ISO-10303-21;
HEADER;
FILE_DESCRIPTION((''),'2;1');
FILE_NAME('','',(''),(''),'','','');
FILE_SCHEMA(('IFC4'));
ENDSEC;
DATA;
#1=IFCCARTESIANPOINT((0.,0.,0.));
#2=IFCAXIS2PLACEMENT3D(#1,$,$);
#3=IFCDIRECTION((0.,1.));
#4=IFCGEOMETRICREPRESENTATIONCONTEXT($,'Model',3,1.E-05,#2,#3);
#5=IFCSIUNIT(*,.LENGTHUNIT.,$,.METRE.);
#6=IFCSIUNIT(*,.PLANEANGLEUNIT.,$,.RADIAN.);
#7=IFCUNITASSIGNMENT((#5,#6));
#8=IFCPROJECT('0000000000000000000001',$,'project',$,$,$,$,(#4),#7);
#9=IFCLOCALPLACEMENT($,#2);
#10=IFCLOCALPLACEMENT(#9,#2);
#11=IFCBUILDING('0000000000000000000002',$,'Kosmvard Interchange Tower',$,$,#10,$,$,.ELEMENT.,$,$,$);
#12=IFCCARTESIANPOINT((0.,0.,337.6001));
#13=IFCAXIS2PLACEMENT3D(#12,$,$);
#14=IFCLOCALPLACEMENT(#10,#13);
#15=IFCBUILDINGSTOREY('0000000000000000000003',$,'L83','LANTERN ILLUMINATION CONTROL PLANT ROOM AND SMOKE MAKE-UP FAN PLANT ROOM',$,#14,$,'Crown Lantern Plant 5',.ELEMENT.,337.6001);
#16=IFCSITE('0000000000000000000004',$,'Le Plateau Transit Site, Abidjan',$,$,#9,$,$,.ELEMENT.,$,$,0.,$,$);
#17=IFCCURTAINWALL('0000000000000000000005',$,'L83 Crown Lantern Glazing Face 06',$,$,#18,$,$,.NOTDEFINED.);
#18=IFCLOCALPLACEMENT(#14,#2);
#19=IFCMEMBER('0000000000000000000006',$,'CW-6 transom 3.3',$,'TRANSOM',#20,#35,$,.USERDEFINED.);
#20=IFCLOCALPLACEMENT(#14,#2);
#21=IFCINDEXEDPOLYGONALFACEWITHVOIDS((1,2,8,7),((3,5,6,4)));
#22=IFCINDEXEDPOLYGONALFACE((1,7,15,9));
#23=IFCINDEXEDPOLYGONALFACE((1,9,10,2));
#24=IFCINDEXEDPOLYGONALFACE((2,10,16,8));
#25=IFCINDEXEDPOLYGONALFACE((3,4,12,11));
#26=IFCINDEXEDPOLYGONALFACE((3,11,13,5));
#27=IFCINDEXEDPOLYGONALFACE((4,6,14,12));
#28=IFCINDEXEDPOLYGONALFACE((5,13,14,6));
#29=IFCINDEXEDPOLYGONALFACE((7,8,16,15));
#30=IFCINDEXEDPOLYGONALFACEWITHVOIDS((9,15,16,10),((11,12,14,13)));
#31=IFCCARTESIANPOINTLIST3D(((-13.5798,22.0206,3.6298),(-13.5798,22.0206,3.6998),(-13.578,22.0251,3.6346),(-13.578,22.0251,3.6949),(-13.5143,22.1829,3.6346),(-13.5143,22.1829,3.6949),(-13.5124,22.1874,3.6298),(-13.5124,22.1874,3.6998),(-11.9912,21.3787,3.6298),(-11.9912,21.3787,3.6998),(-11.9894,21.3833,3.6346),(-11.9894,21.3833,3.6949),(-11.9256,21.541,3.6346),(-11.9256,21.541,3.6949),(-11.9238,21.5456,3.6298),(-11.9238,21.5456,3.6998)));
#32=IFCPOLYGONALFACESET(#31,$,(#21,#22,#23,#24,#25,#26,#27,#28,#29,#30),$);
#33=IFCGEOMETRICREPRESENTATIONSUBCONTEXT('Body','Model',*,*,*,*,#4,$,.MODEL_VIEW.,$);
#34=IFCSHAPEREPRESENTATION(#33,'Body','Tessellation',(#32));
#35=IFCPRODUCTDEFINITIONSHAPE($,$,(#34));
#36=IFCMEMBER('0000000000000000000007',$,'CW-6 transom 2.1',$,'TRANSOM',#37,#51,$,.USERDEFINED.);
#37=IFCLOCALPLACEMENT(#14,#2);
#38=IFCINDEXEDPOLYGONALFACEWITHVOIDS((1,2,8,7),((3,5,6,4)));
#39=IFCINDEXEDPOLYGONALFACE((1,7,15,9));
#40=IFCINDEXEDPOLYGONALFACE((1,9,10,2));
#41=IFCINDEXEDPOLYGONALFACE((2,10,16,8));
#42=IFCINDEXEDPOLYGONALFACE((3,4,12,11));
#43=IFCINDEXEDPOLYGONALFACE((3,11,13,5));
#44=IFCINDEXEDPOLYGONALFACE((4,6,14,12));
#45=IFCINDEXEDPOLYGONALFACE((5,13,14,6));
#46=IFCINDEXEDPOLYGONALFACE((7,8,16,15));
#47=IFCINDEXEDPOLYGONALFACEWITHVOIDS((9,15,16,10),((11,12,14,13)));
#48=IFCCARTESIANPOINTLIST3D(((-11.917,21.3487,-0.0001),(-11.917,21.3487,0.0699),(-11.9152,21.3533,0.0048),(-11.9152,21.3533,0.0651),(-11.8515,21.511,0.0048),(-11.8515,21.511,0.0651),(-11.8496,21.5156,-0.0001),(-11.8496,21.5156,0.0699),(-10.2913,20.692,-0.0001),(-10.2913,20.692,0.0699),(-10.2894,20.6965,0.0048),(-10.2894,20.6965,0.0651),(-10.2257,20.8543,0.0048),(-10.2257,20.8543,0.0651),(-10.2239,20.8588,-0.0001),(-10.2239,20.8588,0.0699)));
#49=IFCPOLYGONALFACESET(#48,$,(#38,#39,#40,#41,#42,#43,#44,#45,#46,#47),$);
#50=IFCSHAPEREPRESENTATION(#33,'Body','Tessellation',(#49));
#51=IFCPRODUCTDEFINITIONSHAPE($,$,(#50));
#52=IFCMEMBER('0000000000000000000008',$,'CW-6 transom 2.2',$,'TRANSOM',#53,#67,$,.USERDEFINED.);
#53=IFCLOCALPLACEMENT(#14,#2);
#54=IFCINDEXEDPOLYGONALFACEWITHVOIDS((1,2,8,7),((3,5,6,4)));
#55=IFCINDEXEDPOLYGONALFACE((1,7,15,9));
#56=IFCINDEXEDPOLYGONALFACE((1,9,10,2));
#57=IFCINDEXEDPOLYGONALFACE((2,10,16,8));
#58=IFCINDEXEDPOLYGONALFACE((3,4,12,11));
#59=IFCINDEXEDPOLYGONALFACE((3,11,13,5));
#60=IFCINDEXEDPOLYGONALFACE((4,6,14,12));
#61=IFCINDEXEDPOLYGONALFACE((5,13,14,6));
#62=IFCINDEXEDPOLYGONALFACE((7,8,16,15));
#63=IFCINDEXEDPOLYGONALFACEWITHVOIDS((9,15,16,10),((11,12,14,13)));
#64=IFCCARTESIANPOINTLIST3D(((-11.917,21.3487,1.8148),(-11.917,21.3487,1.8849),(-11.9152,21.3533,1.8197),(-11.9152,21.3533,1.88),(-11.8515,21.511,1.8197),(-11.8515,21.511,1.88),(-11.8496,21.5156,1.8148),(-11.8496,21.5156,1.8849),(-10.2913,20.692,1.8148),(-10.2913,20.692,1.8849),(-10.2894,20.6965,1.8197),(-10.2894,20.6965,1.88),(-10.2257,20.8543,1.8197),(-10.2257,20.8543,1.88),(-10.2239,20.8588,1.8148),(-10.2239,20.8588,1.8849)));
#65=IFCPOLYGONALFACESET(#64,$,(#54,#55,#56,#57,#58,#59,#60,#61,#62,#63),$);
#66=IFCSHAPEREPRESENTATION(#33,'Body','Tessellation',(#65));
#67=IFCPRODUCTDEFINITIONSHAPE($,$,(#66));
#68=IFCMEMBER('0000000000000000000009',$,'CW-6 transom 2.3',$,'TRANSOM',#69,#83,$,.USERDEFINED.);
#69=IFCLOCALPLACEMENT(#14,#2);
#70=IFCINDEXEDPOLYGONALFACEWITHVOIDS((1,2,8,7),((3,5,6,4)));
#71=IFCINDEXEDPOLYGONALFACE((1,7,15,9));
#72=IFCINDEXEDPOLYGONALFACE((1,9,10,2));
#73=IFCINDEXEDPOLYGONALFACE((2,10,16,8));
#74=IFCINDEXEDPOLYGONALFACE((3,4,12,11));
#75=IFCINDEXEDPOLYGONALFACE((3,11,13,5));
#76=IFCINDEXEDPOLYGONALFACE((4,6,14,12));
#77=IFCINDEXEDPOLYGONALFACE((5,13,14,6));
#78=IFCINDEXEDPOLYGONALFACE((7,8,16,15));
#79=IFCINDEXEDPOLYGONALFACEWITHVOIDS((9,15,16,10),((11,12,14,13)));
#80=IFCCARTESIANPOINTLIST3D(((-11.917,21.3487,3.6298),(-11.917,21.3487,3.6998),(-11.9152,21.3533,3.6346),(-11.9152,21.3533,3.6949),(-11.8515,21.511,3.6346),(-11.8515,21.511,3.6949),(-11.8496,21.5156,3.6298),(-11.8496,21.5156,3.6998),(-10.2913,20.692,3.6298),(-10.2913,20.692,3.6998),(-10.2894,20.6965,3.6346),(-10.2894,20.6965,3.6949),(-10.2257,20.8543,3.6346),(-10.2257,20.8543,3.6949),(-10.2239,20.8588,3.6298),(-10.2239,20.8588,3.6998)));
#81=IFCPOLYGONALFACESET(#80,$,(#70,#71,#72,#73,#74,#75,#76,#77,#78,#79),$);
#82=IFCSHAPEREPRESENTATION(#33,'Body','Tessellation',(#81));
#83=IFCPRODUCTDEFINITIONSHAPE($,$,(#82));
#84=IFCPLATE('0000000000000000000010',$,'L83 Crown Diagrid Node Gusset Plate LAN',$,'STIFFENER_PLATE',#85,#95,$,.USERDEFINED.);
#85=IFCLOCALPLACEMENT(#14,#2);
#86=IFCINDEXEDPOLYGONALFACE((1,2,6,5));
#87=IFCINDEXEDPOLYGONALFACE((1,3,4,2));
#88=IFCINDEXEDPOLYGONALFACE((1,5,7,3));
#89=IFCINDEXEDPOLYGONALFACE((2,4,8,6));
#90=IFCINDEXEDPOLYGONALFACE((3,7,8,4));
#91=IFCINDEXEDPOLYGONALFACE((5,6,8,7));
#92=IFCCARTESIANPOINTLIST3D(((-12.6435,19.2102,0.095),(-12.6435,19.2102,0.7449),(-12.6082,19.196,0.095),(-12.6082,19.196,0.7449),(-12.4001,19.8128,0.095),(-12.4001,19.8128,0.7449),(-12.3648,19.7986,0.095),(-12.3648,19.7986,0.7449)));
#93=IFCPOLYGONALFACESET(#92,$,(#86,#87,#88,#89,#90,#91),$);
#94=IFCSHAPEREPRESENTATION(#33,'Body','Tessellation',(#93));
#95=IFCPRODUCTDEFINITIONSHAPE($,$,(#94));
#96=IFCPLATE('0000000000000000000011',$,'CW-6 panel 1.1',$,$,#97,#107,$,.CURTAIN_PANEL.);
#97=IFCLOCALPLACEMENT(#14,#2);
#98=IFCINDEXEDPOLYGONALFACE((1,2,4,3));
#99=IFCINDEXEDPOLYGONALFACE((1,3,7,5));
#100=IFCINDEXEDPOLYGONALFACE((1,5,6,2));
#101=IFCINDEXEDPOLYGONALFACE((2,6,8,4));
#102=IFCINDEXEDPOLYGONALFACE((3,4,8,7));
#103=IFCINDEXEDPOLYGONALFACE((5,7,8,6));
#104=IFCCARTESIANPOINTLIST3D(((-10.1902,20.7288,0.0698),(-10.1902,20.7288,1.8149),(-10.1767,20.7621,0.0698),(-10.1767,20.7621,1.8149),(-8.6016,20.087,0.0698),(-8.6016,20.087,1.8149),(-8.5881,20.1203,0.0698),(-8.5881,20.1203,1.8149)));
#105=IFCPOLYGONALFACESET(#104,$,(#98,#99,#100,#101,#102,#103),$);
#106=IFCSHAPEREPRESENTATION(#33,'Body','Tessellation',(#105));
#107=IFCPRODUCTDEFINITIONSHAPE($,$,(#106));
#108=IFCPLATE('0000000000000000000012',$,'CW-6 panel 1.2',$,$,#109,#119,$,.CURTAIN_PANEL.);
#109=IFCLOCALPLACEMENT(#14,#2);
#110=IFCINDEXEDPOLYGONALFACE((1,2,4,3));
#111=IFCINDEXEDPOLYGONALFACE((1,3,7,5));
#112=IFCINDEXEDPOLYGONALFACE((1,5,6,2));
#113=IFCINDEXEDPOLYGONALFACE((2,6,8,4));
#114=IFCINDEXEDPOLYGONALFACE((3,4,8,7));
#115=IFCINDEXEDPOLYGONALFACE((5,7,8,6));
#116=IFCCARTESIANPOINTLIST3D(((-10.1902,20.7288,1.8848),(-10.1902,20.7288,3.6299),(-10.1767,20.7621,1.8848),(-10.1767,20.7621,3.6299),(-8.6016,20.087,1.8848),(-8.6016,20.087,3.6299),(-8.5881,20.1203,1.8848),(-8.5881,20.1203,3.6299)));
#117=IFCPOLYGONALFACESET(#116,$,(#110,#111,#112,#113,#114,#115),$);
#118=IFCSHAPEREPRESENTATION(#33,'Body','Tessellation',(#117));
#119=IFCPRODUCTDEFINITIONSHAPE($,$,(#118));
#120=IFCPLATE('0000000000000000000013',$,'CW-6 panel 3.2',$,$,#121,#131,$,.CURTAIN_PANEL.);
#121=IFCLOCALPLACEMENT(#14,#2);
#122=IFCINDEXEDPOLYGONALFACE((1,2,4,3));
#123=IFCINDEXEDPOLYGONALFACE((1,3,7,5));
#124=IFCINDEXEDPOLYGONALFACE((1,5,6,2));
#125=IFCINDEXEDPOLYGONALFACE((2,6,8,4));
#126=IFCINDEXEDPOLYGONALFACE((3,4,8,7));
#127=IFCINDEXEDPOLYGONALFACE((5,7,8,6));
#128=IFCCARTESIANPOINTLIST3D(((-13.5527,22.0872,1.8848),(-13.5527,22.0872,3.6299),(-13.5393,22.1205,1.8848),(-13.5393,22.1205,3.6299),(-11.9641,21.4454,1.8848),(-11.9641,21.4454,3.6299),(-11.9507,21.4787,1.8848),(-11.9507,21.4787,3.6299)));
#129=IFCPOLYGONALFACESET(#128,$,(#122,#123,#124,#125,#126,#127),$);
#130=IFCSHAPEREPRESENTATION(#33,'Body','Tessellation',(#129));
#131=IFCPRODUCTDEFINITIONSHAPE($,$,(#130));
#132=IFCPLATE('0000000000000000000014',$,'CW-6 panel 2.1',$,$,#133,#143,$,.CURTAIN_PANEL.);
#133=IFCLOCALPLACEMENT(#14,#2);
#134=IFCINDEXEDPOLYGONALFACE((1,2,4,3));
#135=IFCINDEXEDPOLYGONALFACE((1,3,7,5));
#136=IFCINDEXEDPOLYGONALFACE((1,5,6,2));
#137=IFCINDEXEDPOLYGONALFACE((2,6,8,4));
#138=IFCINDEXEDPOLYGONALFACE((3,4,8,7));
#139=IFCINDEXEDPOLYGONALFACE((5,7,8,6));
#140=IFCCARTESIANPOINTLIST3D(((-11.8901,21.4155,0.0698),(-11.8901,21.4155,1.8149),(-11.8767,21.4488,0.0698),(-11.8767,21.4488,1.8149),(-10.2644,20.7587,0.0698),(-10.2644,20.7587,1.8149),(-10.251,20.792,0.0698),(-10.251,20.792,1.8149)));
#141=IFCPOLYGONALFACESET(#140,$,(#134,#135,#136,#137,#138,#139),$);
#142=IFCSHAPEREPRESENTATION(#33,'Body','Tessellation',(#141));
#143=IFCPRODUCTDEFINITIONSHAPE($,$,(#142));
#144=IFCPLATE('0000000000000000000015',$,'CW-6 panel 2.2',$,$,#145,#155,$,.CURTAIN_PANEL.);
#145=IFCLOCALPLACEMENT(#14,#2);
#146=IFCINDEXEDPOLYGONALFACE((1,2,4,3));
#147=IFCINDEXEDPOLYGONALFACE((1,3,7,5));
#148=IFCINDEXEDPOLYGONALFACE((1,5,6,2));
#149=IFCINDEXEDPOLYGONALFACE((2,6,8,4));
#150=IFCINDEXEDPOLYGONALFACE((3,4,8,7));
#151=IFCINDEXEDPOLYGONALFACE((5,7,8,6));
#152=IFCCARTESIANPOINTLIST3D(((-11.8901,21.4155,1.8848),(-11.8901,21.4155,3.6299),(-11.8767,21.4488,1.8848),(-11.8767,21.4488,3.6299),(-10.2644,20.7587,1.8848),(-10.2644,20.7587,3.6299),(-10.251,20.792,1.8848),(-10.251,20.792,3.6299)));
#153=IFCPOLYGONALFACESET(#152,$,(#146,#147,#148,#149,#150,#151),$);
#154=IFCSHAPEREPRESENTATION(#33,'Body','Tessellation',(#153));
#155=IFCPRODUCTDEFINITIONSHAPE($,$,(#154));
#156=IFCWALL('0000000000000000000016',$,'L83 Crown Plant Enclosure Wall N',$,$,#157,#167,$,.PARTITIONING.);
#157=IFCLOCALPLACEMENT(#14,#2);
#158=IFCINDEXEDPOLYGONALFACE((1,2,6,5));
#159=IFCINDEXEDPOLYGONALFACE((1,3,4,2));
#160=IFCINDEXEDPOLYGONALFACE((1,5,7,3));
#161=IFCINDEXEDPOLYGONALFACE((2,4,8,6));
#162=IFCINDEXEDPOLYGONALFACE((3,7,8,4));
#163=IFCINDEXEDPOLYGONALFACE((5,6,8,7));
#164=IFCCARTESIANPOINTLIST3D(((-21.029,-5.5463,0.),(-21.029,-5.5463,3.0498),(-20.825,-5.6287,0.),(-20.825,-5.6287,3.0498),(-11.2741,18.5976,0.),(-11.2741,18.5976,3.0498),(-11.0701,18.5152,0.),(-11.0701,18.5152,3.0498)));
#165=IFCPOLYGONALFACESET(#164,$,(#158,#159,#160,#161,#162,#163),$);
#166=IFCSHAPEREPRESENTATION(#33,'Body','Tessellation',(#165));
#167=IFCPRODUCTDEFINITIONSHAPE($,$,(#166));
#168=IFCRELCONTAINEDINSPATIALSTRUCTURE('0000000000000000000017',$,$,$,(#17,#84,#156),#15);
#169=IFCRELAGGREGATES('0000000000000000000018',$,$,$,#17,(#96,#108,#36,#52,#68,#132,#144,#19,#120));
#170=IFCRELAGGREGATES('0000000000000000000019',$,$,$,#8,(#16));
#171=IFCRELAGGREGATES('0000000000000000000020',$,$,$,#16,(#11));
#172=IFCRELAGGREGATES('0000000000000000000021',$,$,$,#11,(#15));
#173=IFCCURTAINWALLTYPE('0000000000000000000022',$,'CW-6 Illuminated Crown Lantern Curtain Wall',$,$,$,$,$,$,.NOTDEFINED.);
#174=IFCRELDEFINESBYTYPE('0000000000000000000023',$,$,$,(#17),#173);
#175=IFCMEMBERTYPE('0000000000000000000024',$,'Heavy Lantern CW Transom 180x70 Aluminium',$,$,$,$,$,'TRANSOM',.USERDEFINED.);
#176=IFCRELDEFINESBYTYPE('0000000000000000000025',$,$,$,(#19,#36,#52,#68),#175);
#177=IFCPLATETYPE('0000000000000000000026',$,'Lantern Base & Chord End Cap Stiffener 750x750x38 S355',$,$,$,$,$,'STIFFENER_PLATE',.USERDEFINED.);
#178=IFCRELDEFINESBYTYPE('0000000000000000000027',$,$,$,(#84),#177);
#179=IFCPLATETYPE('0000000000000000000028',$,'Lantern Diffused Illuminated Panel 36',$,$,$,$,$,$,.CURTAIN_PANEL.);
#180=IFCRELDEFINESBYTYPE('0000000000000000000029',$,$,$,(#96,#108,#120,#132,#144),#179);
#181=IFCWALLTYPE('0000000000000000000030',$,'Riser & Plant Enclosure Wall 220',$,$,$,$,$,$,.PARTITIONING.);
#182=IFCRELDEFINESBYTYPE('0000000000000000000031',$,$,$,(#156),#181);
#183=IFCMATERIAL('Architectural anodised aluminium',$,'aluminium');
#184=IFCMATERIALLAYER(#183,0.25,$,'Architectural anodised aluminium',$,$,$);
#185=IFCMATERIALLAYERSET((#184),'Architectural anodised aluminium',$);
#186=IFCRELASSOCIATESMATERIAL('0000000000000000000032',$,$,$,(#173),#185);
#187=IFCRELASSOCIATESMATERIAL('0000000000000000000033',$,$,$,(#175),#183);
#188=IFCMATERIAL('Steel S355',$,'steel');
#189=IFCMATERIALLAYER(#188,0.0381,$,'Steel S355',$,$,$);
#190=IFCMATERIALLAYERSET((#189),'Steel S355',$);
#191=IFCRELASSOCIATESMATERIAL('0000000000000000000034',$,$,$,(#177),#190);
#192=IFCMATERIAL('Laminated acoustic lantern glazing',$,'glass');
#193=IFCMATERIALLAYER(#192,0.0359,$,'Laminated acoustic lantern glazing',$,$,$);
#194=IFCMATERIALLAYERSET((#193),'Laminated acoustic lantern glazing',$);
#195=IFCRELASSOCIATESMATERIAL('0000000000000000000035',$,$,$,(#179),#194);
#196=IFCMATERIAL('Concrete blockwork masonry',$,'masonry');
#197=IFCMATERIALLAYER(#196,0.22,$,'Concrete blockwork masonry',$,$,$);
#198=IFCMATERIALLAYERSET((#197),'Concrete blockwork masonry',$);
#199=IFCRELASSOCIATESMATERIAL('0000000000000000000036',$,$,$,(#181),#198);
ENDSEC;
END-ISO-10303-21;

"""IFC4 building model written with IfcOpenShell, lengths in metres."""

from ifc_helpers import new_model, si_unit, direction, frame, frame_2d, origin, origin_2d, place, context, subcontext, project, spatial, rectangle, hollow_rectangle, extrude, source, transform, mapped, material, layer, layer_set, material_profile, profile_set, type_object, element, aggregate, save


model = new_model("IFC4")

# Units and contexts
model_context = context("Model", 3, precision=1e-05, world=origin(), true_north=direction((0.0, 1.0)))
body_context = subcontext(model_context, "Body", "Model", "MODEL_VIEW")
ifc_project = project(units=[si_unit("LENGTHUNIT", "METRE"), si_unit("PLANEANGLEUNIT", "RADIAN")], contexts=[model_context])

# Site, building, storey
site_placement = place(None, origin())
site = spatial("IfcSite", under=ifc_project, at=site_placement, Name="Le Plateau Transit Site, Abidjan", CompositionType="ELEMENT", RefElevation=0.0)
building_placement = place(site_placement, origin())
building = spatial("IfcBuilding", under=site, at=building_placement, Name="Kosmvard Interchange Tower", CompositionType="ELEMENT")
storey_placement = place(building_placement, frame((0.0, 0.0, 337.6001)))
storey = spatial("IfcBuildingStorey", under=building, at=storey_placement, Name="L83", Description="LANTERN ILLUMINATION CONTROL PLANT ROOM AND SMOKE MAKE-UP FAN PLANT ROOM", LongName="Crown Lantern Plant 5", CompositionType="ELEMENT", Elevation=337.6001)

# Shared definitions
ifc_material_1 = material(Name="Steel S355", Category="steel")

# Curtain wall, members
ifc_material_2 = material(Name="Architectural anodised aluminium", Category="aluminium")
ifc_layer_1 = layer(ifc_material_2, 0.25, Name="Architectural anodised aluminium")
ifc_layer_set_1 = layer_set([ifc_layer_1], Name="Architectural anodised aluminium")
curtain_wall_type = type_object("IfcCurtainWallType", Name="CW-6 Illuminated Crown Lantern Curtain Wall", PredefinedType="NOTDEFINED", material=ifc_layer_set_1)
curtain_wall_placement = place(storey_placement, origin())
curtain_wall = element("IfcCurtainWall", 1, at=curtain_wall_placement, inside=storey, type_object=curtain_wall_type, Name="L83 Crown Lantern Glazing Face 06", PredefinedType="NOTDEFINED")
ifc_material_profile_1 = material_profile(ifc_material_2, hollow_rectangle(XDim=0.1799, YDim=0.0701, WallThickness=0.0049, at=origin_2d()), Name="CWT 180x70x5")
ifc_profile_set_1 = profile_set([ifc_material_profile_1], Name="Architectural anodised aluminium")
member_type_1 = type_object("IfcMemberType", Name="Heavy Lantern CW Transom 180x70 Aluminium", ElementType="TRANSOM", PredefinedType="USERDEFINED", material=ifc_profile_set_1)
shared_shape_1 = source(origin(), body_context, "Body", "SweptSolid", [
    extrude(hollow_rectangle(XDim=0.1799, YDim=0.0701, WallThickness=0.0049, at=origin_2d()), origin(), (0.0, 0.0, 1.0), 1.7134),
])
member_1_placement = place(storey_placement, frame((-11.9575, 21.4622, 3.6648), z_axis=(-0.927184, 0.374607, 0.0), x_axis=(-0.374607, -0.927184, 0.0)))
member_1 = element("IfcMember", 2, at=member_1_placement, type_object=member_type_1, Name="CW-6 transom 3.3", ObjectType="TRANSOM", PredefinedType="USERDEFINED", context=body_context, shape_type="MappedRepresentation", body=[
    mapped(shared_shape_1, transform((0.0, 0.0, 0.0), scale=1.0)),
])
shared_shape_2 = source(origin(), body_context, "Body", "SweptSolid", [
    extrude(hollow_rectangle(XDim=0.1799, YDim=0.0701, WallThickness=0.0049, at=origin_2d()), origin(), (0.0, 0.0, 1.0), 1.7534),
])
member_2_placement = place(storey_placement, frame((-10.2576, 20.7754, 0.0349), z_axis=(-0.927204, 0.374557, 0.0), x_axis=(-0.374557, -0.927204, 0.0)))
member_2 = element("IfcMember", 3, at=member_2_placement, type_object=member_type_1, Name="CW-6 transom 2.1", ObjectType="TRANSOM", PredefinedType="USERDEFINED", context=body_context, shape_type="MappedRepresentation", body=[
    mapped(shared_shape_2, transform((0.0, 0.0, 0.0), scale=1.0)),
])
member_3_placement = place(storey_placement, frame((-10.2576, 20.7754, 1.8499), z_axis=(-0.927204, 0.374557, 0.0), x_axis=(-0.374557, -0.927204, 0.0)))
member_3 = element("IfcMember", 4, at=member_3_placement, type_object=member_type_1, Name="CW-6 transom 2.2", ObjectType="TRANSOM", PredefinedType="USERDEFINED", context=body_context, shape_type="MappedRepresentation", body=[
    mapped(shared_shape_2, transform((0.0, 0.0, 0.0), scale=1.0)),
])
member_4_placement = place(storey_placement, frame((-10.2576, 20.7754, 3.6648), z_axis=(-0.927204, 0.374557, 0.0), x_axis=(-0.374557, -0.927204, 0.0)))
member_4 = element("IfcMember", 5, at=member_4_placement, type_object=member_type_1, Name="CW-6 transom 2.3", ObjectType="TRANSOM", PredefinedType="USERDEFINED", context=body_context, shape_type="MappedRepresentation", body=[
    mapped(shared_shape_2, transform((0.0, 0.0, 0.0), scale=1.0)),
])

# Plates
ifc_layer_2 = layer(ifc_material_1, 0.0381, Name="Steel S355")
ifc_layer_set_2 = layer_set([ifc_layer_2], Name="Steel S355")
plate_type_1 = type_object("IfcPlateType", Name="Lantern Base & Chord End Cap Stiffener 750x750x38 S355", ElementType="STIFFENER_PLATE", PredefinedType="USERDEFINED", material=ifc_layer_set_2)
shared_shape_3 = source(origin(), body_context, "Body", "SweptSolid", [
    extrude(rectangle(XDim=0.6499, YDim=0.0381, at=origin_2d()), origin(), (0.0, 0.0, 1.0), 0.6499),
])
plate_1_placement = place(storey_placement, frame((-12.5042, 19.5044, 0.095), z_axis=(0.0, 0.0, 1.0), x_axis=(0.374607, 0.927184, 0.0)))
element("IfcPlate", 6, at=plate_1_placement, inside=storey, type_object=plate_type_1, Name="L83 Crown Diagrid Node Gusset Plate LAN", ObjectType="STIFFENER_PLATE", PredefinedType="USERDEFINED", context=body_context, shape_type="MappedRepresentation", body=[
    mapped(shared_shape_3, transform((0.0, 0.0, 0.0), scale=1.0)),
])
ifc_material_3 = material(Name="Laminated acoustic lantern glazing", Category="glass")
ifc_layer_3 = layer(ifc_material_3, 0.0359, Name="Laminated acoustic lantern glazing")
ifc_layer_set_3 = layer_set([ifc_layer_3], Name="Laminated acoustic lantern glazing")
plate_type_2 = type_object("IfcPlateType", Name="Lantern Diffused Illuminated Panel 36", PredefinedType="CURTAIN_PANEL", material=ifc_layer_set_3)
shared_shape_4 = source(origin(), body_context, "Body", "SweptSolid", [
    extrude(rectangle(XDim=1.7134, YDim=0.0359, at=origin_2d()), origin(), (0.0, 0.0, 1.0), 1.7451),
])
plate_2_placement = place(storey_placement, frame((-9.3892, 20.4246, 0.0698), z_axis=(0.0, 0.0, 1.0), x_axis=(-0.927184, 0.374607, 0.0)))
plate_2 = element("IfcPlate", 7, at=plate_2_placement, type_object=plate_type_2, Name="CW-6 panel 1.1", PredefinedType="CURTAIN_PANEL", context=body_context, shape_type="MappedRepresentation", body=[
    mapped(shared_shape_4, transform((0.0, 0.0, 0.0), scale=1.0)),
])
plate_3_placement = place(storey_placement, frame((-9.3892, 20.4246, 1.8848), z_axis=(0.0, 0.0, 1.0), x_axis=(-0.927184, 0.374607, 0.0)))
plate_3 = element("IfcPlate", 8, at=plate_3_placement, type_object=plate_type_2, Name="CW-6 panel 1.2", PredefinedType="CURTAIN_PANEL", context=body_context, shape_type="MappedRepresentation", body=[
    mapped(shared_shape_4, transform((0.0, 0.0, 0.0), scale=1.0)),
])
plate_4_placement = place(storey_placement, frame((-12.7517, 21.783, 1.8848), z_axis=(0.0, 0.0, 1.0), x_axis=(-0.927184, 0.374607, 0.0)))
plate_4 = element("IfcPlate", 9, at=plate_4_placement, type_object=plate_type_2, Name="CW-6 panel 3.2", PredefinedType="CURTAIN_PANEL", context=body_context, shape_type="MappedRepresentation", body=[
    mapped(shared_shape_4, transform((0.0, 0.0, 0.0), scale=1.0)),
])
shared_shape_5 = source(origin(), body_context, "Body", "SweptSolid", [
    extrude(rectangle(XDim=1.7534, YDim=0.0359, at=origin_2d()), origin(), (0.0, 0.0, 1.0), 1.7451),
])
plate_5_placement = place(storey_placement, frame((-11.0706, 21.1038, 0.0698), z_axis=(0.0, 0.0, 1.0), x_axis=(-0.927184, 0.374607, 0.0)))
plate_5 = element("IfcPlate", 10, at=plate_5_placement, type_object=plate_type_2, Name="CW-6 panel 2.1", PredefinedType="CURTAIN_PANEL", context=body_context, shape_type="MappedRepresentation", body=[
    mapped(shared_shape_5, transform((0.0, 0.0, 0.0), scale=1.0)),
])
plate_6_placement = place(storey_placement, frame((-11.0706, 21.1038, 1.8848), z_axis=(0.0, 0.0, 1.0), x_axis=(-0.927184, 0.374607, 0.0)))
plate_6 = element("IfcPlate", 11, at=plate_6_placement, type_object=plate_type_2, Name="CW-6 panel 2.2", PredefinedType="CURTAIN_PANEL", context=body_context, shape_type="MappedRepresentation", body=[
    mapped(shared_shape_5, transform((0.0, 0.0, 0.0), scale=1.0)),
])
aggregate(curtain_wall, [plate_2, plate_3, member_2, member_3, member_4, plate_5, plate_6, member_1, plate_4])

# Wall
ifc_material_4 = material(Name="Concrete blockwork masonry", Category="masonry")
ifc_layer_4 = layer(ifc_material_4, 0.22, Name="Concrete blockwork masonry")
ifc_layer_set_4 = layer_set([ifc_layer_4], Name="Concrete blockwork masonry")
wall_type = type_object("IfcWallType", Name="Riser & Plant Enclosure Wall 220", PredefinedType="PARTITIONING", material=ifc_layer_set_4)
wall_placement = place(storey_placement, frame((-11.1721, 18.5564, 0.0), z_axis=(0.0, 0.0, 1.0), x_axis=(-0.374612, -0.927182, 0.0)))
element("IfcWall", 12, at=wall_placement, inside=storey, type_object=wall_type, Name="L83 Crown Plant Enclosure Wall N", PredefinedType="PARTITIONING", context=body_context, shape_type="SweptSolid", body=[
    extrude(rectangle(XDim=26.04, YDim=0.22, at=frame_2d((13.02, 0.0))), origin(), (0.0, 0.0, 1.0), 3.0498),
])

save(model, "model.ifc")
